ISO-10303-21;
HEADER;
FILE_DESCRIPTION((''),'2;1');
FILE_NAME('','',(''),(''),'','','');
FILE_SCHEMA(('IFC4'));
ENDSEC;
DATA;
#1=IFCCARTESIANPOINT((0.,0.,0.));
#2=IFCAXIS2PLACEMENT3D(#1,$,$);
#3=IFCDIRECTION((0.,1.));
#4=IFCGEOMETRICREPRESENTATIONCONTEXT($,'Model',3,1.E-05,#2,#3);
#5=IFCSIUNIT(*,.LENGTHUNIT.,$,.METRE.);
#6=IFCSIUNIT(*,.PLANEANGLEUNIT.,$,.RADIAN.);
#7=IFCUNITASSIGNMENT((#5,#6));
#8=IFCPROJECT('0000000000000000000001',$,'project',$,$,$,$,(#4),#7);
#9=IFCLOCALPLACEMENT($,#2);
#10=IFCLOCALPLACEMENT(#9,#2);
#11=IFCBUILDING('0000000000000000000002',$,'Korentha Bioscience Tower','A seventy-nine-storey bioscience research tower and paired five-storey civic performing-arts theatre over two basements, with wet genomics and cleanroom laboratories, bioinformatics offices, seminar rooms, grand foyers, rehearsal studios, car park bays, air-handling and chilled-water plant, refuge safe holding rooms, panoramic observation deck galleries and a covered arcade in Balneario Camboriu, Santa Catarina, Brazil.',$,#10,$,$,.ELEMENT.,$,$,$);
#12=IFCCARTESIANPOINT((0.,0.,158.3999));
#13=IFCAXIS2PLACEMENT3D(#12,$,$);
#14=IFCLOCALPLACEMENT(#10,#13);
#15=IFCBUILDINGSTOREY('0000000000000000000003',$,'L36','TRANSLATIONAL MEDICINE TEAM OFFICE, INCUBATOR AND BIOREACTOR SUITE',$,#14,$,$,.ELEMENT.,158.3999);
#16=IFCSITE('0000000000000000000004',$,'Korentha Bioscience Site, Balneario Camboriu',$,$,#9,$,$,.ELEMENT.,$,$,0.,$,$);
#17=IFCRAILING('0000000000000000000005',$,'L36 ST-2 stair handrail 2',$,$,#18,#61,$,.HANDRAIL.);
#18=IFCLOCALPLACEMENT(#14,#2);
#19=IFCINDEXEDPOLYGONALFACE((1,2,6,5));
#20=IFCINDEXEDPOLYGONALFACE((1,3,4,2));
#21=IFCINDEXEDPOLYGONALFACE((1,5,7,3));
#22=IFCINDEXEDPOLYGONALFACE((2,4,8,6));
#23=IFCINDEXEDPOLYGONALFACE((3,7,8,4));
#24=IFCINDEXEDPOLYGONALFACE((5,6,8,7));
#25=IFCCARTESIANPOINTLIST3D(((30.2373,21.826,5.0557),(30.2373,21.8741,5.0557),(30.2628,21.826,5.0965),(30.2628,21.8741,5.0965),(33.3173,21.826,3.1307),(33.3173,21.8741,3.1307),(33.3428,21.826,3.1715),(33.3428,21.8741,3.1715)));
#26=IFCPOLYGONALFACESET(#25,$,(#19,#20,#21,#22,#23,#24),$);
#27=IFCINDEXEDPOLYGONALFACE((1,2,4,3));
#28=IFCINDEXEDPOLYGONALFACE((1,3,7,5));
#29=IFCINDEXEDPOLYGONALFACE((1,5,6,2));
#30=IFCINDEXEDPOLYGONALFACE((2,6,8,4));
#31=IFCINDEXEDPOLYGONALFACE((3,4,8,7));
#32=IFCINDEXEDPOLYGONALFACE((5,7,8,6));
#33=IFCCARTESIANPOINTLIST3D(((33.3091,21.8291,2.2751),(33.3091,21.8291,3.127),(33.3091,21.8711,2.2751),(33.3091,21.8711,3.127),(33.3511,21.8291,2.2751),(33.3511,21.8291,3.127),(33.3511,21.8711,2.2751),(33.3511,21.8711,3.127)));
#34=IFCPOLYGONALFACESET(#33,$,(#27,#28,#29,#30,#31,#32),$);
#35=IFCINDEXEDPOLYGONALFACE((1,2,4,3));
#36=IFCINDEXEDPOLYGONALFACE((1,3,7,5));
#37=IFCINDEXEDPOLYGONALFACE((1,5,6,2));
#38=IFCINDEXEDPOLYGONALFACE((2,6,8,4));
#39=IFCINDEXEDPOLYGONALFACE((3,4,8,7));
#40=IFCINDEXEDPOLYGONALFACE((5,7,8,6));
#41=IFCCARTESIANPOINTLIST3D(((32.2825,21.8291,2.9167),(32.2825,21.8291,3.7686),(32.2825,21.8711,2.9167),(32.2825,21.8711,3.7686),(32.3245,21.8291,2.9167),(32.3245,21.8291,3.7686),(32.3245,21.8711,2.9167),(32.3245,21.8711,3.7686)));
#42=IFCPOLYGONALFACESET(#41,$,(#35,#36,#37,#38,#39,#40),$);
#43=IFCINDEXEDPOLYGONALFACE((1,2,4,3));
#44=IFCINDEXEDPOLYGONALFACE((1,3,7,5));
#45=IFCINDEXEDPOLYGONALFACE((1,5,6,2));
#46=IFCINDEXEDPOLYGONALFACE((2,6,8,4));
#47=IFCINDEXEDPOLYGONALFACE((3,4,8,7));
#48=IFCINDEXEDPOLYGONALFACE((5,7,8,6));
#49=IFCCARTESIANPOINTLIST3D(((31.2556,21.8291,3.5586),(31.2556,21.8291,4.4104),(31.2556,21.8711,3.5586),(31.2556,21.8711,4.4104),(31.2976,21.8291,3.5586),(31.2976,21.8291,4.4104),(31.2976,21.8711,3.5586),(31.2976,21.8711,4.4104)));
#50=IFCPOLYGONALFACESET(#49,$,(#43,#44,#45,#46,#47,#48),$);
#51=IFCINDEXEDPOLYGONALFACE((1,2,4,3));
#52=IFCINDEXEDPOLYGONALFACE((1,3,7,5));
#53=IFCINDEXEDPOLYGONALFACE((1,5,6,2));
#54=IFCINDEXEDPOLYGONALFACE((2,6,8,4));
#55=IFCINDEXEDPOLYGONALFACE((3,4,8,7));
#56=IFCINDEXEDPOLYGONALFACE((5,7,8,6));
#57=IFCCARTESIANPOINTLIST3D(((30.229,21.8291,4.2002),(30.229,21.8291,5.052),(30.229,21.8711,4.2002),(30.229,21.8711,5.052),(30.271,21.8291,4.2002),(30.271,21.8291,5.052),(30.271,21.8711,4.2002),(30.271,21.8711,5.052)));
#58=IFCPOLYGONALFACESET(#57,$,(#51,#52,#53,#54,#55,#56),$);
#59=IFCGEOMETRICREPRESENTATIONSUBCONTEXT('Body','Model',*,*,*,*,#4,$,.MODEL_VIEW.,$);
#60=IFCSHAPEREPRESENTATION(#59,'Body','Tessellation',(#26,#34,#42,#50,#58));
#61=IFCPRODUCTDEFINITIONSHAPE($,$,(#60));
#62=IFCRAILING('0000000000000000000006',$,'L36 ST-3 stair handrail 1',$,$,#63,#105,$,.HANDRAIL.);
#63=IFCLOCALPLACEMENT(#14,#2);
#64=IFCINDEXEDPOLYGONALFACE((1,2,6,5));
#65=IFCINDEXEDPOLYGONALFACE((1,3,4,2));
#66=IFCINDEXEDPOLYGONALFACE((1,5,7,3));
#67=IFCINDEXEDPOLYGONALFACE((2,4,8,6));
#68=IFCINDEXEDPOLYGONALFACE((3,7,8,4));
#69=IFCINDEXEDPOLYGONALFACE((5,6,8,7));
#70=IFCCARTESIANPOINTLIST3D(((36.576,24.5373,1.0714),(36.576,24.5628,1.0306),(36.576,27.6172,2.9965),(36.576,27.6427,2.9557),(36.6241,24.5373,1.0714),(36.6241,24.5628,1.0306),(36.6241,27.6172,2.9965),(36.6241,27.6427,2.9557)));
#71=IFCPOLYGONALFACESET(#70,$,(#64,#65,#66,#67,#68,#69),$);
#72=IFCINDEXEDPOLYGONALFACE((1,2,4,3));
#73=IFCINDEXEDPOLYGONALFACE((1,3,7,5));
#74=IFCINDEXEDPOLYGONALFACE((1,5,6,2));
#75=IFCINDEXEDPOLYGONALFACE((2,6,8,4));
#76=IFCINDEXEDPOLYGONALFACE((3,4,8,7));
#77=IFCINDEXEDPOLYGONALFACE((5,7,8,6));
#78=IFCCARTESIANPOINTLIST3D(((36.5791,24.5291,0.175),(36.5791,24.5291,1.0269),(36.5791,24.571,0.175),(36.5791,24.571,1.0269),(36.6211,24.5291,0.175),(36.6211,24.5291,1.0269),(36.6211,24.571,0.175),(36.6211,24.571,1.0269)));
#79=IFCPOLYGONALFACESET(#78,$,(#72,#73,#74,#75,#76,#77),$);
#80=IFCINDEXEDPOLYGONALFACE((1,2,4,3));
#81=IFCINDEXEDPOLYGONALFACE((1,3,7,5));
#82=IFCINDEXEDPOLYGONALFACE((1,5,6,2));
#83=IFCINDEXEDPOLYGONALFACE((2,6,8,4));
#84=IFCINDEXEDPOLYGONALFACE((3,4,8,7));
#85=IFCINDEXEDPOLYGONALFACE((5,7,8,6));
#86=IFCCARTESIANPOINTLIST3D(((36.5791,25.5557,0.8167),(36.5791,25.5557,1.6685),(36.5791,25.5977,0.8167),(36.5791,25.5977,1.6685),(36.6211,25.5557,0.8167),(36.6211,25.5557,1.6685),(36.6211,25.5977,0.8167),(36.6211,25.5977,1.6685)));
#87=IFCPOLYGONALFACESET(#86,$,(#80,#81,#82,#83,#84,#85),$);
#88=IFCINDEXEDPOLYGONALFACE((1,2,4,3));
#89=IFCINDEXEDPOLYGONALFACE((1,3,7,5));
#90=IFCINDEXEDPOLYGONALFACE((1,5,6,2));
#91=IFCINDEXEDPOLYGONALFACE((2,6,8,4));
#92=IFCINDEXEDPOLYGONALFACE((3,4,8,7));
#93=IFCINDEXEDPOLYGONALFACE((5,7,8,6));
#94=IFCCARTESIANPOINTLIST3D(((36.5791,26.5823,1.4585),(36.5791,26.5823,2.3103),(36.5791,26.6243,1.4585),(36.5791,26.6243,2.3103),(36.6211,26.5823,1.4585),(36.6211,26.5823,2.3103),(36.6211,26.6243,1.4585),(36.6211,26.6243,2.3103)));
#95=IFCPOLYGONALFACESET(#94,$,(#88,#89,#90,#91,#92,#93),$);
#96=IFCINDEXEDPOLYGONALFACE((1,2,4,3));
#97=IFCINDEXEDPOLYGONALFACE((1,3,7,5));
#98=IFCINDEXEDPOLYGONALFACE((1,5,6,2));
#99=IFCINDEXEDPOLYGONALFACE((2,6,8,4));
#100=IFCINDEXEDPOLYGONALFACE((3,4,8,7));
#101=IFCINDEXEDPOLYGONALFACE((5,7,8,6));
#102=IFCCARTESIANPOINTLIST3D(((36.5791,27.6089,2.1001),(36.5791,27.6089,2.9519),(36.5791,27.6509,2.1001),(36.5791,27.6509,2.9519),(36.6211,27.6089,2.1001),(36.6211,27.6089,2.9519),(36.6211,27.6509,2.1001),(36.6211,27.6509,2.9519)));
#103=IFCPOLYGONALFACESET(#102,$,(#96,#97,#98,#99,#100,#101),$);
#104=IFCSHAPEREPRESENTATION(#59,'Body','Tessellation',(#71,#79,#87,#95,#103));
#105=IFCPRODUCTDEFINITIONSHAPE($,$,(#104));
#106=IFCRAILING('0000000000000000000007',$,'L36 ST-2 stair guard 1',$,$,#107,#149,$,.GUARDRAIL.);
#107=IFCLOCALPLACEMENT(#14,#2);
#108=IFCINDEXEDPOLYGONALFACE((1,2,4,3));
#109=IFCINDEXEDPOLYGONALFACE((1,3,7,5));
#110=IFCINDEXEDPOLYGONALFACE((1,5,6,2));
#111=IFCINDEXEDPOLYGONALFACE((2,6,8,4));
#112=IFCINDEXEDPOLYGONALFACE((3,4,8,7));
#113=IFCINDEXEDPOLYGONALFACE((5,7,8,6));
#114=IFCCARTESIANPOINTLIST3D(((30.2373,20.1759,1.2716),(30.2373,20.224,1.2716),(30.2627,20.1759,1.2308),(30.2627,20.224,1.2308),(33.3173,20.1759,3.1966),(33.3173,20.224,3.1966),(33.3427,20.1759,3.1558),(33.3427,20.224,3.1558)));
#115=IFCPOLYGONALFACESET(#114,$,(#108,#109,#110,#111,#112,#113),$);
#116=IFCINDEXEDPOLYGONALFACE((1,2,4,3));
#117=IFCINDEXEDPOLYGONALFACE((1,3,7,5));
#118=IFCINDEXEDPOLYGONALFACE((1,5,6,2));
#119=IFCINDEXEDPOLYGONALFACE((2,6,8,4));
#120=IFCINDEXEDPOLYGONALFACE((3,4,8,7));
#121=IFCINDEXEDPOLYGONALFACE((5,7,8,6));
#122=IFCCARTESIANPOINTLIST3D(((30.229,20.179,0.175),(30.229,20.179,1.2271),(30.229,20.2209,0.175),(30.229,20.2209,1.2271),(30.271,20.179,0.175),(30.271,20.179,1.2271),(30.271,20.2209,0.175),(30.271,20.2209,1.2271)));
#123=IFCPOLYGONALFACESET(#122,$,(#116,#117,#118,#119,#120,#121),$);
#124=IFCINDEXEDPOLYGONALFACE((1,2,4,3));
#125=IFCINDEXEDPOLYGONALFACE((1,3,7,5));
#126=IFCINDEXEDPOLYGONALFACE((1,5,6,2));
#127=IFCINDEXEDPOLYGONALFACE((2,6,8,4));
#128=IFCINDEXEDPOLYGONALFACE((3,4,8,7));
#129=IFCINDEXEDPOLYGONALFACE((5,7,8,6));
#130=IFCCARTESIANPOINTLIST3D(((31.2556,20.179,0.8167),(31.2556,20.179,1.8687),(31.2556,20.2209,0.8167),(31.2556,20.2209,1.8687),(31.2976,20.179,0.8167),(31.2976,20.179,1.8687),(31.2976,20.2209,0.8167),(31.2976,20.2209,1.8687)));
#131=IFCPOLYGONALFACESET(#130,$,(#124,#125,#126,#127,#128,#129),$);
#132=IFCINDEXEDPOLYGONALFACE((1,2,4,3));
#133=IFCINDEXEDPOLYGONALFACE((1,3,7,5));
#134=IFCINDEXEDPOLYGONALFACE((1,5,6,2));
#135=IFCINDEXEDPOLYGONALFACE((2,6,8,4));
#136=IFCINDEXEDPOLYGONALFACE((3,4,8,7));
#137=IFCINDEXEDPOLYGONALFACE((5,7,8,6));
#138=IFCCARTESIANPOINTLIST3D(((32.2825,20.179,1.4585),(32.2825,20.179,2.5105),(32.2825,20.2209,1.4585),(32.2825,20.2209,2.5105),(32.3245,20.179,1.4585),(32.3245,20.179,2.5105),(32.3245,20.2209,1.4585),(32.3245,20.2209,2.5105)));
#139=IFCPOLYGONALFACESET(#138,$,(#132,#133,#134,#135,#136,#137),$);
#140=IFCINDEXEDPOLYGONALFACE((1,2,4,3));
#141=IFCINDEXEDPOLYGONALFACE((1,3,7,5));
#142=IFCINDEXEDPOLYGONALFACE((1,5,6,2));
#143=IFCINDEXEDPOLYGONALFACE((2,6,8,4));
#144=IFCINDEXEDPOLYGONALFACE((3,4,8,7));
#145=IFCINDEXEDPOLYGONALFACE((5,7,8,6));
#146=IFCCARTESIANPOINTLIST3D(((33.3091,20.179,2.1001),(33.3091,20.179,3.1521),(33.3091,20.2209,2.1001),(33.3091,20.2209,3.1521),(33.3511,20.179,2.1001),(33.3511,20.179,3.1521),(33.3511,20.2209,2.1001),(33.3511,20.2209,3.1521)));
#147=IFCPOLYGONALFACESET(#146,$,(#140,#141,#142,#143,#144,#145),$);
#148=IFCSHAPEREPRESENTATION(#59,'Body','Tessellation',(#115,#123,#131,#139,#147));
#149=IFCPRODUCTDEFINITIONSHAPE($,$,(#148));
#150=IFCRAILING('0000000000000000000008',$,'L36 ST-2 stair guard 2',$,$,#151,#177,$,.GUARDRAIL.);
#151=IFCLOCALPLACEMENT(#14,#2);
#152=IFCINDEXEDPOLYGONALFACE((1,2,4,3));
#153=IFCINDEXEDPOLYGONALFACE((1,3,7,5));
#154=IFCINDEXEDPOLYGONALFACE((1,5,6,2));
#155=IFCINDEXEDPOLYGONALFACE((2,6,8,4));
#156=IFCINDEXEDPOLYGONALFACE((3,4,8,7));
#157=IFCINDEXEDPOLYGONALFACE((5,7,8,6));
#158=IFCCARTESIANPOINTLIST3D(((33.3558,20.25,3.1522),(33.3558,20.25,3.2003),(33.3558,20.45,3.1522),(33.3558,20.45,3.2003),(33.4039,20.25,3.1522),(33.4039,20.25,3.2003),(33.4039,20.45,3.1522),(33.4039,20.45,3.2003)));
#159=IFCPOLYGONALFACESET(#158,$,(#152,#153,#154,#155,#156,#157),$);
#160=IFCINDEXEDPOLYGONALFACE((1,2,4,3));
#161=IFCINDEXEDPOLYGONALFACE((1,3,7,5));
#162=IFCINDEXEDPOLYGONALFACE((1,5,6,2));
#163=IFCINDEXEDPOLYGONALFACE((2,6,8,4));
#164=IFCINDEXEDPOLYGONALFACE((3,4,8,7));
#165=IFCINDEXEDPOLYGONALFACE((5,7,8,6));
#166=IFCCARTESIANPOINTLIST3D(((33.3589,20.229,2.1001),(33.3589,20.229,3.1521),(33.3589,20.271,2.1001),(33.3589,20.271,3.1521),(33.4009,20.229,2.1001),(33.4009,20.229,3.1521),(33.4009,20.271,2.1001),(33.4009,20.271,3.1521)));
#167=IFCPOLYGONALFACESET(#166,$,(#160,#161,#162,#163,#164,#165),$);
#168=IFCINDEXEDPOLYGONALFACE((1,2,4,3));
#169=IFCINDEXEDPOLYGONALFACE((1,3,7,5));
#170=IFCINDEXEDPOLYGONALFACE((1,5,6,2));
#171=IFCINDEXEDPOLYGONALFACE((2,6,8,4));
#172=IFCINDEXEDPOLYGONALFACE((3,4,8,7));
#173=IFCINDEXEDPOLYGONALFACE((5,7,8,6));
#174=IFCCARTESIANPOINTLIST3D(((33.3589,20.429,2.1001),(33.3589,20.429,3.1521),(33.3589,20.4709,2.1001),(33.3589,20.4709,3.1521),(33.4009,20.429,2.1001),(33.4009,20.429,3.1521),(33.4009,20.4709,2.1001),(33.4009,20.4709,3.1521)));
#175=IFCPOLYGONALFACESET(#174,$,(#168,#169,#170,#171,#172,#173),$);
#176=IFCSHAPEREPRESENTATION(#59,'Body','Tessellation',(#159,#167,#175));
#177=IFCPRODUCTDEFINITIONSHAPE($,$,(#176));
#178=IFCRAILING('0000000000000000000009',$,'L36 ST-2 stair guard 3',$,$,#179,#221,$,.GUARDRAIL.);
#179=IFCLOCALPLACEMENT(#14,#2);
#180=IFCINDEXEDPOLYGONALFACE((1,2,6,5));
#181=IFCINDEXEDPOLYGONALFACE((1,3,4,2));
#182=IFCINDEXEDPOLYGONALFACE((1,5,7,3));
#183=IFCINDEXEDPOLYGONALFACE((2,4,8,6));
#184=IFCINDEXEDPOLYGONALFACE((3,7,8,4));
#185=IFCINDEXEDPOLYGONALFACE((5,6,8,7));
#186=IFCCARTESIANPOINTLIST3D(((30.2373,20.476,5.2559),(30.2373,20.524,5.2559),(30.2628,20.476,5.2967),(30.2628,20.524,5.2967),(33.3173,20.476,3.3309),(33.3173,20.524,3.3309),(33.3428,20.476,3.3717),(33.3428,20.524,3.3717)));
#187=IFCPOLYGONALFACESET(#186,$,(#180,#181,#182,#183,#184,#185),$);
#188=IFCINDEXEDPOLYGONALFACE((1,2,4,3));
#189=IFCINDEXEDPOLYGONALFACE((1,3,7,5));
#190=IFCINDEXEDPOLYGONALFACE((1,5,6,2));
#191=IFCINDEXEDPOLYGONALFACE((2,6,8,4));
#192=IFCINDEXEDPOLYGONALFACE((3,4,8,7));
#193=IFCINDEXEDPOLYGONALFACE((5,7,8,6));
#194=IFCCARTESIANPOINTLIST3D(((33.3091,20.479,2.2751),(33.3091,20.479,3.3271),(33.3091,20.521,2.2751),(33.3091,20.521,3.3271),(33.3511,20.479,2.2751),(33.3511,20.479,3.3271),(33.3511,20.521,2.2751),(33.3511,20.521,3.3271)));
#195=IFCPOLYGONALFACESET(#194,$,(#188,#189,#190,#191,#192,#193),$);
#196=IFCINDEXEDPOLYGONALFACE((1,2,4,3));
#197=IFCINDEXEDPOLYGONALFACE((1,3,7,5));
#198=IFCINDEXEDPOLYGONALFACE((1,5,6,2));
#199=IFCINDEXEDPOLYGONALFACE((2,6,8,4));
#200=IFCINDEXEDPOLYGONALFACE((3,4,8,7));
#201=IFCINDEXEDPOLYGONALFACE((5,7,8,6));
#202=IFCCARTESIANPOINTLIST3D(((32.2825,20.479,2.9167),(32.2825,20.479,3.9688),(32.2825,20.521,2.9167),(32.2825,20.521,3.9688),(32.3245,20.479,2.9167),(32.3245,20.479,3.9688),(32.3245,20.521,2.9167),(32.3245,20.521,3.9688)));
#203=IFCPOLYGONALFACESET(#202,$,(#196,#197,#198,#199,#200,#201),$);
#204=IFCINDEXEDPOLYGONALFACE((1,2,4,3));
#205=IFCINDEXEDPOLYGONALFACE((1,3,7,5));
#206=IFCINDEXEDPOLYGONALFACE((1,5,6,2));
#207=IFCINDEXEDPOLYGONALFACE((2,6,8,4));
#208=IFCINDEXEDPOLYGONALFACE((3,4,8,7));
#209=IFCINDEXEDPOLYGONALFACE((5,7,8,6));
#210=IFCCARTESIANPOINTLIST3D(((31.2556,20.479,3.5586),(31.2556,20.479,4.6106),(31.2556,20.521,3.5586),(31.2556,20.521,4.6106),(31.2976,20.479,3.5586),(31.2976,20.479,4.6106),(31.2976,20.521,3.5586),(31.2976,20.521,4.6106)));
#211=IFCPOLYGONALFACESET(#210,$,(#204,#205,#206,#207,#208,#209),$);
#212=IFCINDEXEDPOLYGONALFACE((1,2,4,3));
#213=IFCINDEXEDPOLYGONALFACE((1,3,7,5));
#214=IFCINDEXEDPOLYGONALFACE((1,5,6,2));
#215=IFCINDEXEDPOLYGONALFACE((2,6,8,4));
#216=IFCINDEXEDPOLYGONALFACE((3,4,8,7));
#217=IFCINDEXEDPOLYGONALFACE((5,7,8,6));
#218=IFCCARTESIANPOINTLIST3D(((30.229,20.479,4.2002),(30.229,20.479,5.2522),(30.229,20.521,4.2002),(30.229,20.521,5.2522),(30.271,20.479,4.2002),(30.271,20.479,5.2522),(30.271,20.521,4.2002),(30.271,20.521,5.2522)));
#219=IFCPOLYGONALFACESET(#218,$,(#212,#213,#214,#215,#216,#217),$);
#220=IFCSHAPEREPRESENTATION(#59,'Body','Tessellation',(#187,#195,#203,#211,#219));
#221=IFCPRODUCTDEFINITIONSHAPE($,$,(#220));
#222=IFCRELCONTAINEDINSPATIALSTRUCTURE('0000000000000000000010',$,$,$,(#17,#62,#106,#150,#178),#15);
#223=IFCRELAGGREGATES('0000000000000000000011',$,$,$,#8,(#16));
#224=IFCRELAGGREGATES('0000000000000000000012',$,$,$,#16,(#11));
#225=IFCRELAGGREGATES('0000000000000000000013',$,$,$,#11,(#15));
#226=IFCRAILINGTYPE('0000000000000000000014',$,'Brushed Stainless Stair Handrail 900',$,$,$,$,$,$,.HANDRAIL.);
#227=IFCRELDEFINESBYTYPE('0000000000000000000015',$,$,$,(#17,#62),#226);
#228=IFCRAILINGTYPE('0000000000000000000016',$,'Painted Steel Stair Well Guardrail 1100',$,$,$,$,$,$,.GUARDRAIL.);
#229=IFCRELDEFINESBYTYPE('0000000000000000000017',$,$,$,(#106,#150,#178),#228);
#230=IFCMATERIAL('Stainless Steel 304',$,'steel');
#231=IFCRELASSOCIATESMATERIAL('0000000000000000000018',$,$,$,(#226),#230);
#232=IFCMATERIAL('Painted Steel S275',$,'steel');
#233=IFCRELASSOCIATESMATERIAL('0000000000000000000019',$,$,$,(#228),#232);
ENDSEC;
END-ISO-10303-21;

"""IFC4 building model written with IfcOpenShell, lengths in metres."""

from ifc_helpers import new_model, si_unit, direction, frame, origin, origin_2d, place, context, subcontext, project, spatial, rectangle, extrude, material, type_object, element, save


model = new_model("IFC4")

# Units and contexts
model_context = context("Model", 3, precision=1e-05, world=origin(), true_north=direction((0.0, 1.0)))
body_context = subcontext(model_context, "Body", "Model", "MODEL_VIEW")
ifc_project = project(units=[si_unit("LENGTHUNIT", "METRE"), si_unit("PLANEANGLEUNIT", "RADIAN")], contexts=[model_context])

# Site, building, storey
site_placement = place(None, origin())
site = spatial("IfcSite", under=ifc_project, at=site_placement, Name="Korentha Bioscience Site, Balneario Camboriu", CompositionType="ELEMENT", RefElevation=0.0)
building_placement = place(site_placement, origin())
building = spatial("IfcBuilding", under=site, at=building_placement, Name="Korentha Bioscience Tower", Description="A seventy-nine-storey bioscience research tower and paired five-storey civic performing-arts theatre over two basements, with wet genomics and cleanroom laboratories, bioinformatics offices, seminar rooms, grand foyers, rehearsal studios, car park bays, air-handling and chilled-water plant, refuge safe holding rooms, panoramic observation deck galleries and a covered arcade in Balneario Camboriu, Santa Catarina, Brazil.", CompositionType="ELEMENT")
storey_placement = place(building_placement, frame((0.0, 0.0, 158.3999)))
storey = spatial("IfcBuildingStorey", under=building, at=storey_placement, Name="L36", Description="TRANSLATIONAL MEDICINE TEAM OFFICE, INCUBATOR AND BIOREACTOR SUITE", CompositionType="ELEMENT", Elevation=158.3999)

# Railings
ifc_material_1 = material(Name="Stainless Steel 304", Category="steel")
railing_type_1 = type_object("IfcRailingType", Name="Brushed Stainless Stair Handrail 900", PredefinedType="HANDRAIL", material=ifc_material_1)
railing_1_placement = place(storey_placement, frame((33.3301, 21.8501, 2.2751)))
element("IfcRailing", 1, at=railing_1_placement, inside=storey, type_object=railing_type_1, Name="L36 ST-2 stair handrail 2", PredefinedType="HANDRAIL", context=body_context, shape_type="SweptSolid", body=[
    extrude(rectangle(XDim=0.0481, YDim=0.0481, at=origin_2d()), frame((0.0, 0.0, 0.876), z_axis=(-0.847998, 0.0, 0.529999), x_axis=(0.0, -1.0, 0.0)), (0.0, 0.0, 1.0), 3.6321),
    extrude(rectangle(XDim=0.042, YDim=0.042, at=origin_2d()), origin(), (0.0, 0.0, 1.0), 0.8518),
    extrude(rectangle(XDim=0.042, YDim=0.042, at=origin_2d()), frame((-1.0266, 0.0, 0.6416)), (0.0, 0.0, 1.0), 0.8518),
    extrude(rectangle(XDim=0.042, YDim=0.042, at=origin_2d()), frame((-2.0535, 0.0, 1.2834)), (0.0, 0.0, 1.0), 0.8518),
    extrude(rectangle(XDim=0.042, YDim=0.042, at=origin_2d()), frame((-3.0801, 0.0, 1.925)), (0.0, 0.0, 1.0), 0.8518),
])
railing_2_placement = place(storey_placement, frame((36.6001, 24.55, 0.175)))
element("IfcRailing", 2, at=railing_2_placement, inside=storey, type_object=railing_type_1, Name="L36 ST-3 stair handrail 1", PredefinedType="HANDRAIL", context=body_context, shape_type="SweptSolid", body=[
    extrude(rectangle(XDim=0.0481, YDim=0.0481, at=origin_2d()), frame((0.0, 0.0, 0.876), z_axis=(0.0, 0.847979, 0.530029), x_axis=(-1.0, 0.0, 0.0)), (0.0, 0.0, 1.0), 3.6321),
    extrude(rectangle(XDim=0.042, YDim=0.042, at=origin_2d()), origin(), (0.0, 0.0, 1.0), 0.8518),
    extrude(rectangle(XDim=0.042, YDim=0.042, at=origin_2d()), frame((0.0, 1.0266, 0.6416)), (0.0, 0.0, 1.0), 0.8518),
    extrude(rectangle(XDim=0.042, YDim=0.042, at=origin_2d()), frame((0.0, 2.0532, 1.2834)), (0.0, 0.0, 1.0), 0.8518),
    extrude(rectangle(XDim=0.042, YDim=0.042, at=origin_2d()), frame((0.0, 3.0798, 1.925)), (0.0, 0.0, 1.0), 0.8518),
])
ifc_material_2 = material(Name="Painted Steel S275", Category="steel")
railing_type_2 = type_object("IfcRailingType", Name="Painted Steel Stair Well Guardrail 1100", PredefinedType="GUARDRAIL", material=ifc_material_2)
railing_3_placement = place(storey_placement, frame((30.25, 20.2, 0.175)))
element("IfcRailing", 3, at=railing_3_placement, inside=storey, type_object=railing_type_2, Name="L36 ST-2 stair guard 1", PredefinedType="GUARDRAIL", context=body_context, shape_type="SweptSolid", body=[
    extrude(rectangle(XDim=0.0481, YDim=0.0481, at=origin_2d()), frame((0.0, 0.0, 1.0762), z_axis=(0.847998, 0.0, 0.529999), x_axis=(0.0, 1.0, 0.0)), (0.0, 0.0, 1.0), 3.6321),
    extrude(rectangle(XDim=0.042, YDim=0.042, at=origin_2d()), origin(), (0.0, 0.0, 1.0), 1.052),
    extrude(rectangle(XDim=0.042, YDim=0.042, at=origin_2d()), frame((1.0266, 0.0, 0.6416)), (0.0, 0.0, 1.0), 1.052),
    extrude(rectangle(XDim=0.042, YDim=0.042, at=origin_2d()), frame((2.0535, 0.0, 1.2834)), (0.0, 0.0, 1.0), 1.052),
    extrude(rectangle(XDim=0.042, YDim=0.042, at=origin_2d()), frame((3.0801, 0.0, 1.925)), (0.0, 0.0, 1.0), 1.052),
])
railing_4_placement = place(storey_placement, frame((33.3799, 20.25, 2.1001)))
element("IfcRailing", 4, at=railing_4_placement, inside=storey, type_object=railing_type_2, Name="L36 ST-2 stair guard 2", PredefinedType="GUARDRAIL", context=body_context, shape_type="SweptSolid", body=[
    extrude(rectangle(XDim=0.0481, YDim=0.0481, at=origin_2d()), frame((0.0, 0.0, 1.0762), z_axis=(0.0, 1.0, 0.0), x_axis=(-1.0, 0.0, 0.0)), (0.0, 0.0, 1.0), 0.2),
    extrude(rectangle(XDim=0.042, YDim=0.042, at=origin_2d()), origin(), (0.0, 0.0, 1.0), 1.052),
    extrude(rectangle(XDim=0.042, YDim=0.042, at=origin_2d()), frame((0.0, 0.2, 0.0)), (0.0, 0.0, 1.0), 1.052),
])
railing_5_placement = place(storey_placement, frame((33.3301, 20.5, 2.2751)))
element("IfcRailing", 5, at=railing_5_placement, inside=storey, type_object=railing_type_2, Name="L36 ST-2 stair guard 3", PredefinedType="GUARDRAIL", context=body_context, shape_type="SweptSolid", body=[
    extrude(rectangle(XDim=0.0481, YDim=0.0481, at=origin_2d()), frame((0.0, 0.0, 1.0762), z_axis=(-0.847998, 0.0, 0.529999), x_axis=(0.0, -1.0, 0.0)), (0.0, 0.0, 1.0), 3.6321),
    extrude(rectangle(XDim=0.042, YDim=0.042, at=origin_2d()), origin(), (0.0, 0.0, 1.0), 1.052),
    extrude(rectangle(XDim=0.042, YDim=0.042, at=origin_2d()), frame((-1.0266, 0.0, 0.6416)), (0.0, 0.0, 1.0), 1.052),
    extrude(rectangle(XDim=0.042, YDim=0.042, at=origin_2d()), frame((-2.0535, 0.0, 1.2834)), (0.0, 0.0, 1.0), 1.052),
    extrude(rectangle(XDim=0.042, YDim=0.042, at=origin_2d()), frame((-3.0801, 0.0, 1.925)), (0.0, 0.0, 1.0), 1.052),
])

save(model, "model.ifc")
